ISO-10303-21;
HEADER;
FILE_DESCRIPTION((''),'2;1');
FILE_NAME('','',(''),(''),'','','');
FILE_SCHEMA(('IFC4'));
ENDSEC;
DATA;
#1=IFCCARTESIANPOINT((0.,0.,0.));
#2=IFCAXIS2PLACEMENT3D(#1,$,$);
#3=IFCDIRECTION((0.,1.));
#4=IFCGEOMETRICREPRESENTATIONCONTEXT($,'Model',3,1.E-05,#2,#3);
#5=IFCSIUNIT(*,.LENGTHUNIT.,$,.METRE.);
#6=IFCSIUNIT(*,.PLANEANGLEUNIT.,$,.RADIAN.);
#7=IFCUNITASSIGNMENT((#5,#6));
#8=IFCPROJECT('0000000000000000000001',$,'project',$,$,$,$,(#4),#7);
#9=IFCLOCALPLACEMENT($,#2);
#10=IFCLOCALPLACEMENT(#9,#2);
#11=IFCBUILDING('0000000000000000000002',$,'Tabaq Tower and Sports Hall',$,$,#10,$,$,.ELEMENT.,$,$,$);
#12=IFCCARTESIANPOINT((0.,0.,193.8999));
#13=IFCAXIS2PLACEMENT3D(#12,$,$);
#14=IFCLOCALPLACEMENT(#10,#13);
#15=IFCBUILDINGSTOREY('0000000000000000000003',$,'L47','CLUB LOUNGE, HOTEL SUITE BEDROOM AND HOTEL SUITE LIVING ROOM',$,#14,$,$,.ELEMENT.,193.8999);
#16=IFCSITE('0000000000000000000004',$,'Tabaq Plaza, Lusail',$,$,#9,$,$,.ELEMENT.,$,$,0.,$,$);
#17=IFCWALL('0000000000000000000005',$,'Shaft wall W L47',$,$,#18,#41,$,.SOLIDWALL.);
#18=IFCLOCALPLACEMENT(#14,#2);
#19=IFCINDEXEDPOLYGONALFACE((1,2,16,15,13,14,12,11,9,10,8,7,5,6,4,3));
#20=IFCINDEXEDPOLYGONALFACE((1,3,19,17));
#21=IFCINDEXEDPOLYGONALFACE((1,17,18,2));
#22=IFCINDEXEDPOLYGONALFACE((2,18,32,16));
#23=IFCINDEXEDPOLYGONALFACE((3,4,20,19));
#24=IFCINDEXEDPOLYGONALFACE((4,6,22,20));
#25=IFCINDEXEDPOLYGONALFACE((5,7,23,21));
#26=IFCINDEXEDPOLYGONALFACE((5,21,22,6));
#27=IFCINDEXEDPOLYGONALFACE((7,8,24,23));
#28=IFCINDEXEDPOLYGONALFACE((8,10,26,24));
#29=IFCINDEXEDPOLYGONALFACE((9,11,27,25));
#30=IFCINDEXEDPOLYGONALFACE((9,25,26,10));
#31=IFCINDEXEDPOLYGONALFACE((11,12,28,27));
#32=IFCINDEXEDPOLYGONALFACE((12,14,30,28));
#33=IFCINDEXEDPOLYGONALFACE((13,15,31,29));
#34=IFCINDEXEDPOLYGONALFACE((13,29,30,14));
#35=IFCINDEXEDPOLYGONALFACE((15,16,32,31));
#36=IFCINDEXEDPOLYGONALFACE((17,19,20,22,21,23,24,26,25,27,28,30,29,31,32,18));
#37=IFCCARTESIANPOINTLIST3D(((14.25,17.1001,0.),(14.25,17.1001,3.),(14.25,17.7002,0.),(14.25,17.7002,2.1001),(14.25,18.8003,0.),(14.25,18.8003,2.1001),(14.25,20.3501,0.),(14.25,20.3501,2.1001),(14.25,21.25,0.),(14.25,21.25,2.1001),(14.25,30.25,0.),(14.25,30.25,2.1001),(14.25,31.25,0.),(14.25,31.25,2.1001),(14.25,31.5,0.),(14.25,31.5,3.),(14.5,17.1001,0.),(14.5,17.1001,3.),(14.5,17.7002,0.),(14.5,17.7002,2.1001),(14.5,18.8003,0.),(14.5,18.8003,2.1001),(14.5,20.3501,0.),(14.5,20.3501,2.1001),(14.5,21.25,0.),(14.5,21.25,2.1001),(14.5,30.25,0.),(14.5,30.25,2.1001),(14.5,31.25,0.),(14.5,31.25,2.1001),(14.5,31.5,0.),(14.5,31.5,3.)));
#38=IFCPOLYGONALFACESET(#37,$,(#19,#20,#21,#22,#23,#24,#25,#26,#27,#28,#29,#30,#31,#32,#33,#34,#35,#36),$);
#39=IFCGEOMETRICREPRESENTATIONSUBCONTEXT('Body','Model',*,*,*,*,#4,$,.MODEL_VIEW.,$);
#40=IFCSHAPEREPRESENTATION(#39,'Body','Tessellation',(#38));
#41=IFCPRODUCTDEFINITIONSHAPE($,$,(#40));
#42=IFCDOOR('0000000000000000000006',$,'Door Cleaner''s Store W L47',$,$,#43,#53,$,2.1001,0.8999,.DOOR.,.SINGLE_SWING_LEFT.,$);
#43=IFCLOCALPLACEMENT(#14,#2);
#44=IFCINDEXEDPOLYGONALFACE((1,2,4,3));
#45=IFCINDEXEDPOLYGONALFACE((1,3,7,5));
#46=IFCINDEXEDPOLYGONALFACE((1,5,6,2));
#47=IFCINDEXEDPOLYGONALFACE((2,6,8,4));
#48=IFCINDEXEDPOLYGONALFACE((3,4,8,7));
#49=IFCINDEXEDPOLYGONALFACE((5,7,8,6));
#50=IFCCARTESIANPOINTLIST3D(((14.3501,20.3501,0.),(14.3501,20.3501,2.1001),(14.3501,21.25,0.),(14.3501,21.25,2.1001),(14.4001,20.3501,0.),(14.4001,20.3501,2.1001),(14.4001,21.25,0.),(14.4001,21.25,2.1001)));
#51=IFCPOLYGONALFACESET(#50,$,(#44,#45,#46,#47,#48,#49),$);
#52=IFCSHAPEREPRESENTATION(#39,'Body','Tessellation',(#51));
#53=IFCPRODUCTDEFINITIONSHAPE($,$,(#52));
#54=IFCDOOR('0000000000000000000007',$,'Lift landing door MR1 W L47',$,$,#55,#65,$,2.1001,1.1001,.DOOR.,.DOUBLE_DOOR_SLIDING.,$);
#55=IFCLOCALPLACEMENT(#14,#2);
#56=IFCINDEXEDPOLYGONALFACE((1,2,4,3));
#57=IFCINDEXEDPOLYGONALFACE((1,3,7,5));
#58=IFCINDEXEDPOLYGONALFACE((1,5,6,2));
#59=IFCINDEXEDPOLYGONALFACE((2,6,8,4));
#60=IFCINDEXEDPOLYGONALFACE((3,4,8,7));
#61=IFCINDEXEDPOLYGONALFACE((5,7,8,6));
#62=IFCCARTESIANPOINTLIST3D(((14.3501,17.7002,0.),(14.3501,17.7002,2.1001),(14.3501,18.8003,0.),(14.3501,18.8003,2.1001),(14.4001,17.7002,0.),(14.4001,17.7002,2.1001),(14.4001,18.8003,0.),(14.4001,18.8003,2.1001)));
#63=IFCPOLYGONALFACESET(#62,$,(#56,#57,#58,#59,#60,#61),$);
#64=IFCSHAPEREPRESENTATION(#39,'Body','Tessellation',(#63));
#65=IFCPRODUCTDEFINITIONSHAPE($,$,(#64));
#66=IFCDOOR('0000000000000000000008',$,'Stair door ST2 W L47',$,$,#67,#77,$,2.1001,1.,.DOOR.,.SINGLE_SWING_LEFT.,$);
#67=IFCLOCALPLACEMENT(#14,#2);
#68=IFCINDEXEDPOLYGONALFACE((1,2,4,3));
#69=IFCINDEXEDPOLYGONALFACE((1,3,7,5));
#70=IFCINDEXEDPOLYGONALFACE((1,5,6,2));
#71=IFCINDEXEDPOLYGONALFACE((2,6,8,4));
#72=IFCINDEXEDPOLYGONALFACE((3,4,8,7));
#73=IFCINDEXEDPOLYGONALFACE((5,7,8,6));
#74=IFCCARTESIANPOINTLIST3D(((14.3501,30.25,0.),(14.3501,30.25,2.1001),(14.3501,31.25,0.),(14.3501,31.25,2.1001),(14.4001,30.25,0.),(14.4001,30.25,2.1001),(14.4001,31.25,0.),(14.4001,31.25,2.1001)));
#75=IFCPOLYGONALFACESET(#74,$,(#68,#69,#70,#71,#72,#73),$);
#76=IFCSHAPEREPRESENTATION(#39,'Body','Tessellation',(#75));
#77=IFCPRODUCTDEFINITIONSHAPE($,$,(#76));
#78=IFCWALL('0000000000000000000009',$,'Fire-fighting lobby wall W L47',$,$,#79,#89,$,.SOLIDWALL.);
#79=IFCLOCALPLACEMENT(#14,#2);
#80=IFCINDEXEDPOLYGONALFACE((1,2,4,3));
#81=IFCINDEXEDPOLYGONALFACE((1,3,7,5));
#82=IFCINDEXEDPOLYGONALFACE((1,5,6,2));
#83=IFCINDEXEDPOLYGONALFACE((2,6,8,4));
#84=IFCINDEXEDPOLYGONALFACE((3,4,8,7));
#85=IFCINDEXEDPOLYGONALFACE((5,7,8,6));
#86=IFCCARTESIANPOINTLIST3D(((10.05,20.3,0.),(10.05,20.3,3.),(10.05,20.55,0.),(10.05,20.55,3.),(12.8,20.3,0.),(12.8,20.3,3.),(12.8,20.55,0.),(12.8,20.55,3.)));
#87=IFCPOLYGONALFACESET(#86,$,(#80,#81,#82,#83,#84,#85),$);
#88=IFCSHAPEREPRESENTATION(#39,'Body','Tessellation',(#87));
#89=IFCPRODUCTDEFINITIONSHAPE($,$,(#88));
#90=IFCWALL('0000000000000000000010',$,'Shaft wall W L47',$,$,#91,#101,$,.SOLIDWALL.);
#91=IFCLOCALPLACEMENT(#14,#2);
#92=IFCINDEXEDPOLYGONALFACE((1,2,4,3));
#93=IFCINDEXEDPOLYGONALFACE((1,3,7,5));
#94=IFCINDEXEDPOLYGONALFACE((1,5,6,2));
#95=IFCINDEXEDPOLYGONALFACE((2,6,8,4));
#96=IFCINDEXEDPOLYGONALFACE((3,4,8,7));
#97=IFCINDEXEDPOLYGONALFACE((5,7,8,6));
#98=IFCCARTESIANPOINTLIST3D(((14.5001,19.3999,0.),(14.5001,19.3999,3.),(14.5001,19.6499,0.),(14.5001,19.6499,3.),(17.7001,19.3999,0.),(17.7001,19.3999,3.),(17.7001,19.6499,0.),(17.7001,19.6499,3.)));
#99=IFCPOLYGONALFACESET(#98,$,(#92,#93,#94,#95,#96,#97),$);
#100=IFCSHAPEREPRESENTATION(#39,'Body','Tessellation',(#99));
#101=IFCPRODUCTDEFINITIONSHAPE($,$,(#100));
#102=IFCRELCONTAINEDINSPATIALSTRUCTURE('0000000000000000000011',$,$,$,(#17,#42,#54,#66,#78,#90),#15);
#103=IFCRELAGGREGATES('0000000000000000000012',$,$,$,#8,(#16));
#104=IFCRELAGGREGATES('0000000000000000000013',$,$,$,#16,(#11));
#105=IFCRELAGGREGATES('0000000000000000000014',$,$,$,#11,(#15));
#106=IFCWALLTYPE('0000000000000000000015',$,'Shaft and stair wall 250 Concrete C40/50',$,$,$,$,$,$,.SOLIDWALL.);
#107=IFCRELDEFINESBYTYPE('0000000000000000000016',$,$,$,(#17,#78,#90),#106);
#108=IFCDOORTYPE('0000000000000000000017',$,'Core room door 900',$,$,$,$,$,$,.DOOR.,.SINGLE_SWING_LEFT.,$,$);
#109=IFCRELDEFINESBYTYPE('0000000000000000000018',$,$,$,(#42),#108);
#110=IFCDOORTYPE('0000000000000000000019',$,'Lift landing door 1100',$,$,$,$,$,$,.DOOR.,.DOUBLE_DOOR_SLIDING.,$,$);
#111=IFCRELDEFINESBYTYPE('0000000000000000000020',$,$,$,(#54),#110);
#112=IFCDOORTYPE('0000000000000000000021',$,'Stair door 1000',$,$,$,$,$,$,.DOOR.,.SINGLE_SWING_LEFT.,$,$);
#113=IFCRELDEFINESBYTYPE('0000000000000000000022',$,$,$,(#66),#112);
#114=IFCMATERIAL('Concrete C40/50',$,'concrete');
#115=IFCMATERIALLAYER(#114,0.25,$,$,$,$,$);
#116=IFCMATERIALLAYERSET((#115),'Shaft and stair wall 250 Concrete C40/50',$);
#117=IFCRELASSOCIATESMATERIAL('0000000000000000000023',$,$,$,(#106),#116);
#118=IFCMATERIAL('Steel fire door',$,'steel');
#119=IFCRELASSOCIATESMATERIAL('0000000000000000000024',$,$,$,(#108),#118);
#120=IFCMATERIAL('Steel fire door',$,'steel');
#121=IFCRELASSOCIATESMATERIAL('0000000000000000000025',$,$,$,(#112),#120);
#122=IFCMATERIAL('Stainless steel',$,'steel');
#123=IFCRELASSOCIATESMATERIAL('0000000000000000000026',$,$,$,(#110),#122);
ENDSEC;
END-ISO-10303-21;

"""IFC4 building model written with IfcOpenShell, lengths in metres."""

from ifc_helpers import new_model, si_unit, direction, frame, frame_2d, origin, place, context, subcontext, project, spatial, rectangle, extrude, material, layer, layer_set, type_object, element, fill, save


model = new_model("IFC4")

# Units and contexts
model_context = context("Model", 3, precision=1e-05, world=origin(), true_north=direction((0.0, 1.0)))
body_context = subcontext(model_context, "Body", "Model", "MODEL_VIEW")
ifc_project = project(units=[si_unit("LENGTHUNIT", "METRE"), si_unit("PLANEANGLEUNIT", "RADIAN")], contexts=[model_context])

# Site, building, storey
site_placement = place(None, origin())
site = spatial("IfcSite", under=ifc_project, at=site_placement, Name="Tabaq Plaza, Lusail", CompositionType="ELEMENT", RefElevation=0.0)
building_placement = place(site_placement, origin())
building = spatial("IfcBuilding", under=site, at=building_placement, Name="Tabaq Tower and Sports Hall", CompositionType="ELEMENT")
storey_placement = place(building_placement, frame((0.0, 0.0, 193.8999)))
storey = spatial("IfcBuildingStorey", under=building, at=storey_placement, Name="L47", Description="CLUB LOUNGE, HOTEL SUITE BEDROOM AND HOTEL SUITE LIVING ROOM", CompositionType="ELEMENT", Elevation=193.8999)

# Wall, openings, doors
ifc_material_1 = material(Name="Concrete C40/50", Category="concrete")
ifc_layer_1 = layer(ifc_material_1, 0.25)
ifc_layer_set_1 = layer_set([ifc_layer_1], Name="Shaft and stair wall 250 Concrete C40/50")
wall_type_1 = type_object("IfcWallType", Name="Shaft and stair wall 250 Concrete C40/50", PredefinedType="SOLIDWALL", material=ifc_layer_set_1)
ifc_material_2 = material(Name="Steel fire door", Category="steel")
door_type_1 = type_object("IfcDoorType", Name="Core room door 900", OperationType="SINGLE_SWING_LEFT", PredefinedType="DOOR", material=ifc_material_2)
ifc_material_3 = material(Name="Steel fire door", Category="steel")
door_type_2 = type_object("IfcDoorType", Name="Stair door 1000", OperationType="SINGLE_SWING_LEFT", PredefinedType="DOOR", material=ifc_material_3)
wall_1_placement = place(storey_placement, frame((14.375, 17.1001, 0.0), z_axis=(0.0, 0.0, 1.0), x_axis=(0.0, 1.0, 0.0)))
wall_1 = element("IfcWall", 1, at=wall_1_placement, inside=storey, type_object=wall_type_1, Name="Shaft wall W L47", PredefinedType="SOLIDWALL", context=body_context, shape_type="SweptSolid", body=[
    extrude(rectangle(XDim=14.3999, YDim=0.25, at=frame_2d((7.2, 0.0))), origin(), (0.0, 0.0, 1.0), 3.0),
])
opening_1_placement = place(wall_1_placement, frame((13.1499, 0.0, 0.0)))
opening_1 = element("IfcOpeningElement", 2, at=opening_1_placement, cuts=wall_1, PredefinedType="OPENING", context=body_context, shape_type="SweptSolid", body=[
    extrude(rectangle(XDim=1.0, YDim=2.1001, at=frame_2d((0.5, 1.05))), frame((0.0, 0.125, 0.0), z_axis=(0.0, -1.0, 0.0), x_axis=(1.0, 0.0, 0.0)), (0.0, 0.0, 1.0), 0.25),
])
opening_2_placement = place(wall_1_placement, frame((0.6001, 0.0, 0.0)))
opening_2 = element("IfcOpeningElement", 3, at=opening_2_placement, cuts=wall_1, PredefinedType="OPENING", context=body_context, shape_type="SweptSolid", body=[
    extrude(rectangle(XDim=1.1001, YDim=2.1001, at=frame_2d((0.55, 1.05))), frame((0.0, 0.125, 0.0), z_axis=(0.0, -1.0, 0.0), x_axis=(1.0, 0.0, 0.0)), (0.0, 0.0, 1.0), 0.25),
])
opening_3_placement = place(wall_1_placement, frame((3.25, 0.0, 0.0)))
opening_3 = element("IfcOpeningElement", 4, at=opening_3_placement, cuts=wall_1, PredefinedType="OPENING", context=body_context, shape_type="SweptSolid", body=[
    extrude(rectangle(XDim=0.8999, YDim=2.1001, at=frame_2d((0.45, 1.05))), frame((0.0, 0.125, 0.0), z_axis=(0.0, -1.0, 0.0), x_axis=(1.0, 0.0, 0.0)), (0.0, 0.0, 1.0), 0.25),
])
door_1_placement = place(opening_3_placement, origin())
door_1 = element("IfcDoor", 5, at=door_1_placement, inside=storey, type_object=door_type_1, Name="Door Cleaner's Store W L47", OperationType="SINGLE_SWING_LEFT", OverallHeight=2.1001, OverallWidth=0.8999, PredefinedType="DOOR", context=body_context, shape_type="SweptSolid", body=[
    extrude(rectangle(XDim=0.8999, YDim=2.1001, at=frame_2d((0.45, 1.05))), frame((0.0, 0.0249, 0.0), z_axis=(0.0, -1.0, 0.0), x_axis=(1.0, 0.0, 0.0)), (0.0, 0.0, 1.0), 0.05),
])
fill(opening_3, door_1)
ifc_material_4 = material(Name="Stainless steel", Category="steel")
door_type_3 = type_object("IfcDoorType", Name="Lift landing door 1100", OperationType="DOUBLE_DOOR_SLIDING", PredefinedType="DOOR", material=ifc_material_4)
door_2_placement = place(opening_2_placement, origin())
door_2 = element("IfcDoor", 6, at=door_2_placement, inside=storey, type_object=door_type_3, Name="Lift landing door MR1 W L47", OperationType="DOUBLE_DOOR_SLIDING", OverallHeight=2.1001, OverallWidth=1.1001, PredefinedType="DOOR", context=body_context, shape_type="SweptSolid", body=[
    extrude(rectangle(XDim=1.1001, YDim=2.1001, at=frame_2d((0.55, 1.05))), frame((0.0, 0.0249, 0.0), z_axis=(0.0, -1.0, 0.0), x_axis=(1.0, 0.0, 0.0)), (0.0, 0.0, 1.0), 0.05),
])
fill(opening_2, door_2)
door_3_placement = place(opening_1_placement, origin())
door_3 = element("IfcDoor", 7, at=door_3_placement, inside=storey, type_object=door_type_2, Name="Stair door ST2 W L47", OperationType="SINGLE_SWING_LEFT", OverallHeight=2.1001, OverallWidth=1.0, PredefinedType="DOOR", context=body_context, shape_type="SweptSolid", body=[
    extrude(rectangle(XDim=1.0, YDim=2.1001, at=frame_2d((0.5, 1.05))), frame((0.0, 0.0249, 0.0), z_axis=(0.0, -1.0, 0.0), x_axis=(1.0, 0.0, 0.0)), (0.0, 0.0, 1.0), 0.05),
])
fill(opening_1, door_3)

# Walls
wall_2_placement = place(storey_placement, frame((10.05, 20.425, 0.0), z_axis=(0.0, 0.0, 1.0), x_axis=(1.0, 0.0, 0.0)))
element("IfcWall", 8, at=wall_2_placement, inside=storey, type_object=wall_type_1, Name="Fire-fighting lobby wall W L47", PredefinedType="SOLIDWALL", context=body_context, shape_type="SweptSolid", body=[
    extrude(rectangle(XDim=2.75, YDim=0.25, at=frame_2d((1.375, 0.0))), origin(), (0.0, 0.0, 1.0), 3.0),
])
wall_3_placement = place(storey_placement, frame((14.5, 19.5249, 0.0), z_axis=(0.0, 0.0, 1.0), x_axis=(1.0, 0.0, 0.0)))
element("IfcWall", 9, at=wall_3_placement, inside=storey, type_object=wall_type_1, Name="Shaft wall W L47", PredefinedType="SOLIDWALL", context=body_context, shape_type="SweptSolid", body=[
    extrude(rectangle(XDim=3.2, YDim=0.25, at=frame_2d((1.6001, 0.0))), origin(), (0.0, 0.0, 1.0), 3.0),
])

save(model, "model.ifc")
